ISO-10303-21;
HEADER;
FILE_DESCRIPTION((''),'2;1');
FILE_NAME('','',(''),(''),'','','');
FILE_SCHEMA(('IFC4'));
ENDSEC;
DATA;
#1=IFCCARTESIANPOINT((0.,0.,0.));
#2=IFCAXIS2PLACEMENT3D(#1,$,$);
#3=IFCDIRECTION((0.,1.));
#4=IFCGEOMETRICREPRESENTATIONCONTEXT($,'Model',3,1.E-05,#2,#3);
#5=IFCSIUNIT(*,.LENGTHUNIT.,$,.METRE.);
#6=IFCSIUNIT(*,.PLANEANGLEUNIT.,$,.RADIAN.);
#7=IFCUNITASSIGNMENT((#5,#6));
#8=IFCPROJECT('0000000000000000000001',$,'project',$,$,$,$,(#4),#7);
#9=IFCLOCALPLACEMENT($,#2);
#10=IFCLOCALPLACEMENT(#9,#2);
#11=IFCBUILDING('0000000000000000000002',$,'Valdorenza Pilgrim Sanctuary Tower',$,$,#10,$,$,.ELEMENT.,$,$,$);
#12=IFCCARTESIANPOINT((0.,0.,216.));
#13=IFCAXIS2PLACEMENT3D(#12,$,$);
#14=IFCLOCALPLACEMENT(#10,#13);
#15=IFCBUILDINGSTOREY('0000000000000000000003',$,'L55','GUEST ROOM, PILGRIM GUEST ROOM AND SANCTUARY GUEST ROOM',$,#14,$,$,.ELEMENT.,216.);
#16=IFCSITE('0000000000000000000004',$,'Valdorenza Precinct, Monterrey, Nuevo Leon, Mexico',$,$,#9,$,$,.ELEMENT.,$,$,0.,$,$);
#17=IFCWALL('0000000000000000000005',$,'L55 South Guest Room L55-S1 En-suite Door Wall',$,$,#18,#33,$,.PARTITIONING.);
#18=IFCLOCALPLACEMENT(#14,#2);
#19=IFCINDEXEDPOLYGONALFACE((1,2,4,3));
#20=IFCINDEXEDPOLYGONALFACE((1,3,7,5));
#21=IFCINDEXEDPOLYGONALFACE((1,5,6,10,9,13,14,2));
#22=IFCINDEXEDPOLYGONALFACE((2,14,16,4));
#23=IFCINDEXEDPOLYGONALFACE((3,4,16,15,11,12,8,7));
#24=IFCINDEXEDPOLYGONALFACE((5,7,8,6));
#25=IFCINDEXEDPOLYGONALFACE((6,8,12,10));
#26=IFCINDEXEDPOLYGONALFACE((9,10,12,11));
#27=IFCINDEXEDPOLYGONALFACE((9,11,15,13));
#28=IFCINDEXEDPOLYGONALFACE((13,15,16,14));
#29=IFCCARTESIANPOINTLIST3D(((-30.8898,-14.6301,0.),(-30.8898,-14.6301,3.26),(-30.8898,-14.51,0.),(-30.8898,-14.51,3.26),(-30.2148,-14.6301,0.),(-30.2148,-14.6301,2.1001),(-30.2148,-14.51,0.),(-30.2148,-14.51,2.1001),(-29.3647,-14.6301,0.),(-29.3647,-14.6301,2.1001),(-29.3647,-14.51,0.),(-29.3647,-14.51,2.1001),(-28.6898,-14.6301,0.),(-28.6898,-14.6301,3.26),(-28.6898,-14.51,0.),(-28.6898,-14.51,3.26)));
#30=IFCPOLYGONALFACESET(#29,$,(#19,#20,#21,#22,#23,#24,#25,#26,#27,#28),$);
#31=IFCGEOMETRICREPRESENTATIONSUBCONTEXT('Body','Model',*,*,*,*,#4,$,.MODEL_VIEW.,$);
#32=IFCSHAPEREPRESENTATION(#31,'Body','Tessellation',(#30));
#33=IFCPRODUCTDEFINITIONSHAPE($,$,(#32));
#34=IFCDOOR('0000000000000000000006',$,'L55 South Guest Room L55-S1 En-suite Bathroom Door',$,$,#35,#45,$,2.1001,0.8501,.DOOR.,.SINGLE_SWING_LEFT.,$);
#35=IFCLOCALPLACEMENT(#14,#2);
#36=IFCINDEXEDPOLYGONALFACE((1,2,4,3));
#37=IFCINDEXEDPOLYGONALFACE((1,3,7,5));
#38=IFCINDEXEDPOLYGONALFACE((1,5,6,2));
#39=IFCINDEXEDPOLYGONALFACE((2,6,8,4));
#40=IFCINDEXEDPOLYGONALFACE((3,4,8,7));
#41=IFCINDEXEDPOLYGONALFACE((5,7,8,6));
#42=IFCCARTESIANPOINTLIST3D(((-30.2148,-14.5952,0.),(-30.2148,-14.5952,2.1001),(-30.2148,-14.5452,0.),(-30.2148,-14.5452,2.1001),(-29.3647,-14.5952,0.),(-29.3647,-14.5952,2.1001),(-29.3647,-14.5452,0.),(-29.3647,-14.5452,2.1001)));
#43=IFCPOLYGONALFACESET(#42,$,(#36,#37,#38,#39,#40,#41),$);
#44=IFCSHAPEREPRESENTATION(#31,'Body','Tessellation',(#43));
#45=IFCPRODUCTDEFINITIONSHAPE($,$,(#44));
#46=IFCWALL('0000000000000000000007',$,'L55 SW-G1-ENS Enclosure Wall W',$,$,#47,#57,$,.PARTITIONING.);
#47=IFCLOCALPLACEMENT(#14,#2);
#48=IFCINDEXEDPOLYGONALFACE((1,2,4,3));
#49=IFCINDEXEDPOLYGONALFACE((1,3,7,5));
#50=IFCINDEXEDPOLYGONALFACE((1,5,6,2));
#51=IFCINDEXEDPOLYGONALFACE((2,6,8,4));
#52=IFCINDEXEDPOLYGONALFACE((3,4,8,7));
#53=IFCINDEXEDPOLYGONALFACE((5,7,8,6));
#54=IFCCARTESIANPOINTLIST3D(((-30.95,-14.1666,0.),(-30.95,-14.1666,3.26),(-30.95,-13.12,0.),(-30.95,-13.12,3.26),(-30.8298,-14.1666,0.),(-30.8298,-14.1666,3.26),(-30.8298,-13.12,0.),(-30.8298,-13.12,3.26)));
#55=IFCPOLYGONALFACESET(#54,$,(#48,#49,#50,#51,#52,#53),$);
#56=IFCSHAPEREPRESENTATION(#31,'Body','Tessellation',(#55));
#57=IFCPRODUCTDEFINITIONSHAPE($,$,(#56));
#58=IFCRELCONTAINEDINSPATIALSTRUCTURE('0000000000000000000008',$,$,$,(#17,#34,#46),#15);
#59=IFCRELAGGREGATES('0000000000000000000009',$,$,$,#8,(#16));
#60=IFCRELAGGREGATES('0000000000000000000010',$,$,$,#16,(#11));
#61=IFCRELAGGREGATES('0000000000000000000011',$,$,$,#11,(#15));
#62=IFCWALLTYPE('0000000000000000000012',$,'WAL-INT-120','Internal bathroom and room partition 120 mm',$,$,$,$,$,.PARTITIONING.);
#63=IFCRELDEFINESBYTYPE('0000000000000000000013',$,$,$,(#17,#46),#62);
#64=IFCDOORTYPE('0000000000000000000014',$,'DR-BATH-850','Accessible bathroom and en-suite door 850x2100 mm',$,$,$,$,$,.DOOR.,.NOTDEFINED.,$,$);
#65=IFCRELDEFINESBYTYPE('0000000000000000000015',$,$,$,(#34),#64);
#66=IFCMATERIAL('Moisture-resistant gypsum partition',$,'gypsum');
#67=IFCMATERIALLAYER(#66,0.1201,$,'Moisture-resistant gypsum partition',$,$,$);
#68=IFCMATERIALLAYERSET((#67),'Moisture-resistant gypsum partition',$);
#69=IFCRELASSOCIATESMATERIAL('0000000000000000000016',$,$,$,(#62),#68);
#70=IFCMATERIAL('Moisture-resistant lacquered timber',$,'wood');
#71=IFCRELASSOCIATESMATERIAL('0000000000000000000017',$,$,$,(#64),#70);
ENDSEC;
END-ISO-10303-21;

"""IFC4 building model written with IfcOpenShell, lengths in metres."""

from ifc_helpers import new_model, si_unit, direction, frame, frame_2d, origin, place, context, subcontext, project, spatial, rectangle, extrude, material, layer, layer_set, type_object, element, fill, save


model = new_model("IFC4")

# Units and contexts
model_context = context("Model", 3, precision=1e-05, world=origin(), true_north=direction((0.0, 1.0)))
body_context = subcontext(model_context, "Body", "Model", "MODEL_VIEW")
ifc_project = project(units=[si_unit("LENGTHUNIT", "METRE"), si_unit("PLANEANGLEUNIT", "RADIAN")], contexts=[model_context])

# Site, building, storey
site_placement = place(None, origin())
site = spatial("IfcSite", under=ifc_project, at=site_placement, Name="Valdorenza Precinct, Monterrey, Nuevo Leon, Mexico", CompositionType="ELEMENT", RefElevation=0.0)
building_placement = place(site_placement, origin())
building = spatial("IfcBuilding", under=site, at=building_placement, Name="Valdorenza Pilgrim Sanctuary Tower", CompositionType="ELEMENT")
storey_placement = place(building_placement, frame((0.0, 0.0, 216.0)))
storey = spatial("IfcBuildingStorey", under=building, at=storey_placement, Name="L55", Description="GUEST ROOM, PILGRIM GUEST ROOM AND SANCTUARY GUEST ROOM", CompositionType="ELEMENT", Elevation=216.0)

# Shared definitions
ifc_material_1 = material(Name="Moisture-resistant gypsum partition", Category="gypsum")
ifc_layer_1 = layer(ifc_material_1, 0.1201, Name="Moisture-resistant gypsum partition")
ifc_layer_set_1 = layer_set([ifc_layer_1], Name="Moisture-resistant gypsum partition")
wall_type_1 = type_object("IfcWallType", Name="WAL-INT-120", Description="Internal bathroom and room partition 120 mm", PredefinedType="PARTITIONING", material=ifc_layer_set_1)

# Wall, opening, door
wall_1_placement = place(storey_placement, frame((-30.8899, -14.5701, 0.0), z_axis=(0.0, 0.0, 1.0), x_axis=(1.0, 0.0, 0.0)))
wall_1 = element("IfcWall", 1, at=wall_1_placement, inside=storey, type_object=wall_type_1, Name="L55 South Guest Room L55-S1 En-suite Door Wall", PredefinedType="PARTITIONING", context=body_context, shape_type="SweptSolid", body=[
    extrude(rectangle(XDim=2.2, YDim=0.1201, at=frame_2d((1.1001, 0.0))), origin(), (0.0, 0.0, 1.0), 3.26),
])
opening_1_placement = place(wall_1_placement, frame((0.675, 0.0, 0.0)))
opening_1 = element("IfcOpeningElement", 2, at=opening_1_placement, cuts=wall_1, PredefinedType="OPENING", context=body_context, shape_type="SweptSolid", body=[
    extrude(rectangle(XDim=0.8501, YDim=2.1001, at=frame_2d((0.425, 1.05))), frame((0.0, 0.075, 0.0), z_axis=(0.0, -1.0, 0.0), x_axis=(1.0, 0.0, 0.0)), (0.0, 0.0, 1.0), 0.1499),
])
ifc_material_2 = material(Name="Moisture-resistant lacquered timber", Category="wood")
door_type_1 = type_object("IfcDoorType", Name="DR-BATH-850", Description="Accessible bathroom and en-suite door 850x2100 mm", OperationType="NOTDEFINED", PredefinedType="DOOR", material=ifc_material_2)
door_1_placement = place(opening_1_placement, origin())
door_1 = element("IfcDoor", 3, at=door_1_placement, inside=storey, type_object=door_type_1, Name="L55 South Guest Room L55-S1 En-suite Bathroom Door", OperationType="SINGLE_SWING_LEFT", OverallHeight=2.1001, OverallWidth=0.8501, PredefinedType="DOOR", context=body_context, shape_type="SweptSolid", body=[
    extrude(rectangle(XDim=0.8501, YDim=2.1001, at=frame_2d((0.425, 1.05))), frame((0.0, 0.0249, 0.0), z_axis=(0.0, -1.0, 0.0), x_axis=(1.0, 0.0, 0.0)), (0.0, 0.0, 1.0), 0.05),
])
fill(opening_1, door_1)

# Wall
wall_2_placement = place(storey_placement, frame((-30.8899, -14.1667, 0.0), z_axis=(0.0, 0.0, 1.0), x_axis=(0.0, 1.0, 0.0)))
element("IfcWall", 4, at=wall_2_placement, inside=storey, type_object=wall_type_1, Name="L55 SW-G1-ENS Enclosure Wall W", PredefinedType="PARTITIONING", context=body_context, shape_type="SweptSolid", body=[
    extrude(rectangle(XDim=1.0466, YDim=0.1201, at=frame_2d((0.5234, 0.0))), origin(), (0.0, 0.0, 1.0), 3.26),
])

save(model, "model.ifc")
